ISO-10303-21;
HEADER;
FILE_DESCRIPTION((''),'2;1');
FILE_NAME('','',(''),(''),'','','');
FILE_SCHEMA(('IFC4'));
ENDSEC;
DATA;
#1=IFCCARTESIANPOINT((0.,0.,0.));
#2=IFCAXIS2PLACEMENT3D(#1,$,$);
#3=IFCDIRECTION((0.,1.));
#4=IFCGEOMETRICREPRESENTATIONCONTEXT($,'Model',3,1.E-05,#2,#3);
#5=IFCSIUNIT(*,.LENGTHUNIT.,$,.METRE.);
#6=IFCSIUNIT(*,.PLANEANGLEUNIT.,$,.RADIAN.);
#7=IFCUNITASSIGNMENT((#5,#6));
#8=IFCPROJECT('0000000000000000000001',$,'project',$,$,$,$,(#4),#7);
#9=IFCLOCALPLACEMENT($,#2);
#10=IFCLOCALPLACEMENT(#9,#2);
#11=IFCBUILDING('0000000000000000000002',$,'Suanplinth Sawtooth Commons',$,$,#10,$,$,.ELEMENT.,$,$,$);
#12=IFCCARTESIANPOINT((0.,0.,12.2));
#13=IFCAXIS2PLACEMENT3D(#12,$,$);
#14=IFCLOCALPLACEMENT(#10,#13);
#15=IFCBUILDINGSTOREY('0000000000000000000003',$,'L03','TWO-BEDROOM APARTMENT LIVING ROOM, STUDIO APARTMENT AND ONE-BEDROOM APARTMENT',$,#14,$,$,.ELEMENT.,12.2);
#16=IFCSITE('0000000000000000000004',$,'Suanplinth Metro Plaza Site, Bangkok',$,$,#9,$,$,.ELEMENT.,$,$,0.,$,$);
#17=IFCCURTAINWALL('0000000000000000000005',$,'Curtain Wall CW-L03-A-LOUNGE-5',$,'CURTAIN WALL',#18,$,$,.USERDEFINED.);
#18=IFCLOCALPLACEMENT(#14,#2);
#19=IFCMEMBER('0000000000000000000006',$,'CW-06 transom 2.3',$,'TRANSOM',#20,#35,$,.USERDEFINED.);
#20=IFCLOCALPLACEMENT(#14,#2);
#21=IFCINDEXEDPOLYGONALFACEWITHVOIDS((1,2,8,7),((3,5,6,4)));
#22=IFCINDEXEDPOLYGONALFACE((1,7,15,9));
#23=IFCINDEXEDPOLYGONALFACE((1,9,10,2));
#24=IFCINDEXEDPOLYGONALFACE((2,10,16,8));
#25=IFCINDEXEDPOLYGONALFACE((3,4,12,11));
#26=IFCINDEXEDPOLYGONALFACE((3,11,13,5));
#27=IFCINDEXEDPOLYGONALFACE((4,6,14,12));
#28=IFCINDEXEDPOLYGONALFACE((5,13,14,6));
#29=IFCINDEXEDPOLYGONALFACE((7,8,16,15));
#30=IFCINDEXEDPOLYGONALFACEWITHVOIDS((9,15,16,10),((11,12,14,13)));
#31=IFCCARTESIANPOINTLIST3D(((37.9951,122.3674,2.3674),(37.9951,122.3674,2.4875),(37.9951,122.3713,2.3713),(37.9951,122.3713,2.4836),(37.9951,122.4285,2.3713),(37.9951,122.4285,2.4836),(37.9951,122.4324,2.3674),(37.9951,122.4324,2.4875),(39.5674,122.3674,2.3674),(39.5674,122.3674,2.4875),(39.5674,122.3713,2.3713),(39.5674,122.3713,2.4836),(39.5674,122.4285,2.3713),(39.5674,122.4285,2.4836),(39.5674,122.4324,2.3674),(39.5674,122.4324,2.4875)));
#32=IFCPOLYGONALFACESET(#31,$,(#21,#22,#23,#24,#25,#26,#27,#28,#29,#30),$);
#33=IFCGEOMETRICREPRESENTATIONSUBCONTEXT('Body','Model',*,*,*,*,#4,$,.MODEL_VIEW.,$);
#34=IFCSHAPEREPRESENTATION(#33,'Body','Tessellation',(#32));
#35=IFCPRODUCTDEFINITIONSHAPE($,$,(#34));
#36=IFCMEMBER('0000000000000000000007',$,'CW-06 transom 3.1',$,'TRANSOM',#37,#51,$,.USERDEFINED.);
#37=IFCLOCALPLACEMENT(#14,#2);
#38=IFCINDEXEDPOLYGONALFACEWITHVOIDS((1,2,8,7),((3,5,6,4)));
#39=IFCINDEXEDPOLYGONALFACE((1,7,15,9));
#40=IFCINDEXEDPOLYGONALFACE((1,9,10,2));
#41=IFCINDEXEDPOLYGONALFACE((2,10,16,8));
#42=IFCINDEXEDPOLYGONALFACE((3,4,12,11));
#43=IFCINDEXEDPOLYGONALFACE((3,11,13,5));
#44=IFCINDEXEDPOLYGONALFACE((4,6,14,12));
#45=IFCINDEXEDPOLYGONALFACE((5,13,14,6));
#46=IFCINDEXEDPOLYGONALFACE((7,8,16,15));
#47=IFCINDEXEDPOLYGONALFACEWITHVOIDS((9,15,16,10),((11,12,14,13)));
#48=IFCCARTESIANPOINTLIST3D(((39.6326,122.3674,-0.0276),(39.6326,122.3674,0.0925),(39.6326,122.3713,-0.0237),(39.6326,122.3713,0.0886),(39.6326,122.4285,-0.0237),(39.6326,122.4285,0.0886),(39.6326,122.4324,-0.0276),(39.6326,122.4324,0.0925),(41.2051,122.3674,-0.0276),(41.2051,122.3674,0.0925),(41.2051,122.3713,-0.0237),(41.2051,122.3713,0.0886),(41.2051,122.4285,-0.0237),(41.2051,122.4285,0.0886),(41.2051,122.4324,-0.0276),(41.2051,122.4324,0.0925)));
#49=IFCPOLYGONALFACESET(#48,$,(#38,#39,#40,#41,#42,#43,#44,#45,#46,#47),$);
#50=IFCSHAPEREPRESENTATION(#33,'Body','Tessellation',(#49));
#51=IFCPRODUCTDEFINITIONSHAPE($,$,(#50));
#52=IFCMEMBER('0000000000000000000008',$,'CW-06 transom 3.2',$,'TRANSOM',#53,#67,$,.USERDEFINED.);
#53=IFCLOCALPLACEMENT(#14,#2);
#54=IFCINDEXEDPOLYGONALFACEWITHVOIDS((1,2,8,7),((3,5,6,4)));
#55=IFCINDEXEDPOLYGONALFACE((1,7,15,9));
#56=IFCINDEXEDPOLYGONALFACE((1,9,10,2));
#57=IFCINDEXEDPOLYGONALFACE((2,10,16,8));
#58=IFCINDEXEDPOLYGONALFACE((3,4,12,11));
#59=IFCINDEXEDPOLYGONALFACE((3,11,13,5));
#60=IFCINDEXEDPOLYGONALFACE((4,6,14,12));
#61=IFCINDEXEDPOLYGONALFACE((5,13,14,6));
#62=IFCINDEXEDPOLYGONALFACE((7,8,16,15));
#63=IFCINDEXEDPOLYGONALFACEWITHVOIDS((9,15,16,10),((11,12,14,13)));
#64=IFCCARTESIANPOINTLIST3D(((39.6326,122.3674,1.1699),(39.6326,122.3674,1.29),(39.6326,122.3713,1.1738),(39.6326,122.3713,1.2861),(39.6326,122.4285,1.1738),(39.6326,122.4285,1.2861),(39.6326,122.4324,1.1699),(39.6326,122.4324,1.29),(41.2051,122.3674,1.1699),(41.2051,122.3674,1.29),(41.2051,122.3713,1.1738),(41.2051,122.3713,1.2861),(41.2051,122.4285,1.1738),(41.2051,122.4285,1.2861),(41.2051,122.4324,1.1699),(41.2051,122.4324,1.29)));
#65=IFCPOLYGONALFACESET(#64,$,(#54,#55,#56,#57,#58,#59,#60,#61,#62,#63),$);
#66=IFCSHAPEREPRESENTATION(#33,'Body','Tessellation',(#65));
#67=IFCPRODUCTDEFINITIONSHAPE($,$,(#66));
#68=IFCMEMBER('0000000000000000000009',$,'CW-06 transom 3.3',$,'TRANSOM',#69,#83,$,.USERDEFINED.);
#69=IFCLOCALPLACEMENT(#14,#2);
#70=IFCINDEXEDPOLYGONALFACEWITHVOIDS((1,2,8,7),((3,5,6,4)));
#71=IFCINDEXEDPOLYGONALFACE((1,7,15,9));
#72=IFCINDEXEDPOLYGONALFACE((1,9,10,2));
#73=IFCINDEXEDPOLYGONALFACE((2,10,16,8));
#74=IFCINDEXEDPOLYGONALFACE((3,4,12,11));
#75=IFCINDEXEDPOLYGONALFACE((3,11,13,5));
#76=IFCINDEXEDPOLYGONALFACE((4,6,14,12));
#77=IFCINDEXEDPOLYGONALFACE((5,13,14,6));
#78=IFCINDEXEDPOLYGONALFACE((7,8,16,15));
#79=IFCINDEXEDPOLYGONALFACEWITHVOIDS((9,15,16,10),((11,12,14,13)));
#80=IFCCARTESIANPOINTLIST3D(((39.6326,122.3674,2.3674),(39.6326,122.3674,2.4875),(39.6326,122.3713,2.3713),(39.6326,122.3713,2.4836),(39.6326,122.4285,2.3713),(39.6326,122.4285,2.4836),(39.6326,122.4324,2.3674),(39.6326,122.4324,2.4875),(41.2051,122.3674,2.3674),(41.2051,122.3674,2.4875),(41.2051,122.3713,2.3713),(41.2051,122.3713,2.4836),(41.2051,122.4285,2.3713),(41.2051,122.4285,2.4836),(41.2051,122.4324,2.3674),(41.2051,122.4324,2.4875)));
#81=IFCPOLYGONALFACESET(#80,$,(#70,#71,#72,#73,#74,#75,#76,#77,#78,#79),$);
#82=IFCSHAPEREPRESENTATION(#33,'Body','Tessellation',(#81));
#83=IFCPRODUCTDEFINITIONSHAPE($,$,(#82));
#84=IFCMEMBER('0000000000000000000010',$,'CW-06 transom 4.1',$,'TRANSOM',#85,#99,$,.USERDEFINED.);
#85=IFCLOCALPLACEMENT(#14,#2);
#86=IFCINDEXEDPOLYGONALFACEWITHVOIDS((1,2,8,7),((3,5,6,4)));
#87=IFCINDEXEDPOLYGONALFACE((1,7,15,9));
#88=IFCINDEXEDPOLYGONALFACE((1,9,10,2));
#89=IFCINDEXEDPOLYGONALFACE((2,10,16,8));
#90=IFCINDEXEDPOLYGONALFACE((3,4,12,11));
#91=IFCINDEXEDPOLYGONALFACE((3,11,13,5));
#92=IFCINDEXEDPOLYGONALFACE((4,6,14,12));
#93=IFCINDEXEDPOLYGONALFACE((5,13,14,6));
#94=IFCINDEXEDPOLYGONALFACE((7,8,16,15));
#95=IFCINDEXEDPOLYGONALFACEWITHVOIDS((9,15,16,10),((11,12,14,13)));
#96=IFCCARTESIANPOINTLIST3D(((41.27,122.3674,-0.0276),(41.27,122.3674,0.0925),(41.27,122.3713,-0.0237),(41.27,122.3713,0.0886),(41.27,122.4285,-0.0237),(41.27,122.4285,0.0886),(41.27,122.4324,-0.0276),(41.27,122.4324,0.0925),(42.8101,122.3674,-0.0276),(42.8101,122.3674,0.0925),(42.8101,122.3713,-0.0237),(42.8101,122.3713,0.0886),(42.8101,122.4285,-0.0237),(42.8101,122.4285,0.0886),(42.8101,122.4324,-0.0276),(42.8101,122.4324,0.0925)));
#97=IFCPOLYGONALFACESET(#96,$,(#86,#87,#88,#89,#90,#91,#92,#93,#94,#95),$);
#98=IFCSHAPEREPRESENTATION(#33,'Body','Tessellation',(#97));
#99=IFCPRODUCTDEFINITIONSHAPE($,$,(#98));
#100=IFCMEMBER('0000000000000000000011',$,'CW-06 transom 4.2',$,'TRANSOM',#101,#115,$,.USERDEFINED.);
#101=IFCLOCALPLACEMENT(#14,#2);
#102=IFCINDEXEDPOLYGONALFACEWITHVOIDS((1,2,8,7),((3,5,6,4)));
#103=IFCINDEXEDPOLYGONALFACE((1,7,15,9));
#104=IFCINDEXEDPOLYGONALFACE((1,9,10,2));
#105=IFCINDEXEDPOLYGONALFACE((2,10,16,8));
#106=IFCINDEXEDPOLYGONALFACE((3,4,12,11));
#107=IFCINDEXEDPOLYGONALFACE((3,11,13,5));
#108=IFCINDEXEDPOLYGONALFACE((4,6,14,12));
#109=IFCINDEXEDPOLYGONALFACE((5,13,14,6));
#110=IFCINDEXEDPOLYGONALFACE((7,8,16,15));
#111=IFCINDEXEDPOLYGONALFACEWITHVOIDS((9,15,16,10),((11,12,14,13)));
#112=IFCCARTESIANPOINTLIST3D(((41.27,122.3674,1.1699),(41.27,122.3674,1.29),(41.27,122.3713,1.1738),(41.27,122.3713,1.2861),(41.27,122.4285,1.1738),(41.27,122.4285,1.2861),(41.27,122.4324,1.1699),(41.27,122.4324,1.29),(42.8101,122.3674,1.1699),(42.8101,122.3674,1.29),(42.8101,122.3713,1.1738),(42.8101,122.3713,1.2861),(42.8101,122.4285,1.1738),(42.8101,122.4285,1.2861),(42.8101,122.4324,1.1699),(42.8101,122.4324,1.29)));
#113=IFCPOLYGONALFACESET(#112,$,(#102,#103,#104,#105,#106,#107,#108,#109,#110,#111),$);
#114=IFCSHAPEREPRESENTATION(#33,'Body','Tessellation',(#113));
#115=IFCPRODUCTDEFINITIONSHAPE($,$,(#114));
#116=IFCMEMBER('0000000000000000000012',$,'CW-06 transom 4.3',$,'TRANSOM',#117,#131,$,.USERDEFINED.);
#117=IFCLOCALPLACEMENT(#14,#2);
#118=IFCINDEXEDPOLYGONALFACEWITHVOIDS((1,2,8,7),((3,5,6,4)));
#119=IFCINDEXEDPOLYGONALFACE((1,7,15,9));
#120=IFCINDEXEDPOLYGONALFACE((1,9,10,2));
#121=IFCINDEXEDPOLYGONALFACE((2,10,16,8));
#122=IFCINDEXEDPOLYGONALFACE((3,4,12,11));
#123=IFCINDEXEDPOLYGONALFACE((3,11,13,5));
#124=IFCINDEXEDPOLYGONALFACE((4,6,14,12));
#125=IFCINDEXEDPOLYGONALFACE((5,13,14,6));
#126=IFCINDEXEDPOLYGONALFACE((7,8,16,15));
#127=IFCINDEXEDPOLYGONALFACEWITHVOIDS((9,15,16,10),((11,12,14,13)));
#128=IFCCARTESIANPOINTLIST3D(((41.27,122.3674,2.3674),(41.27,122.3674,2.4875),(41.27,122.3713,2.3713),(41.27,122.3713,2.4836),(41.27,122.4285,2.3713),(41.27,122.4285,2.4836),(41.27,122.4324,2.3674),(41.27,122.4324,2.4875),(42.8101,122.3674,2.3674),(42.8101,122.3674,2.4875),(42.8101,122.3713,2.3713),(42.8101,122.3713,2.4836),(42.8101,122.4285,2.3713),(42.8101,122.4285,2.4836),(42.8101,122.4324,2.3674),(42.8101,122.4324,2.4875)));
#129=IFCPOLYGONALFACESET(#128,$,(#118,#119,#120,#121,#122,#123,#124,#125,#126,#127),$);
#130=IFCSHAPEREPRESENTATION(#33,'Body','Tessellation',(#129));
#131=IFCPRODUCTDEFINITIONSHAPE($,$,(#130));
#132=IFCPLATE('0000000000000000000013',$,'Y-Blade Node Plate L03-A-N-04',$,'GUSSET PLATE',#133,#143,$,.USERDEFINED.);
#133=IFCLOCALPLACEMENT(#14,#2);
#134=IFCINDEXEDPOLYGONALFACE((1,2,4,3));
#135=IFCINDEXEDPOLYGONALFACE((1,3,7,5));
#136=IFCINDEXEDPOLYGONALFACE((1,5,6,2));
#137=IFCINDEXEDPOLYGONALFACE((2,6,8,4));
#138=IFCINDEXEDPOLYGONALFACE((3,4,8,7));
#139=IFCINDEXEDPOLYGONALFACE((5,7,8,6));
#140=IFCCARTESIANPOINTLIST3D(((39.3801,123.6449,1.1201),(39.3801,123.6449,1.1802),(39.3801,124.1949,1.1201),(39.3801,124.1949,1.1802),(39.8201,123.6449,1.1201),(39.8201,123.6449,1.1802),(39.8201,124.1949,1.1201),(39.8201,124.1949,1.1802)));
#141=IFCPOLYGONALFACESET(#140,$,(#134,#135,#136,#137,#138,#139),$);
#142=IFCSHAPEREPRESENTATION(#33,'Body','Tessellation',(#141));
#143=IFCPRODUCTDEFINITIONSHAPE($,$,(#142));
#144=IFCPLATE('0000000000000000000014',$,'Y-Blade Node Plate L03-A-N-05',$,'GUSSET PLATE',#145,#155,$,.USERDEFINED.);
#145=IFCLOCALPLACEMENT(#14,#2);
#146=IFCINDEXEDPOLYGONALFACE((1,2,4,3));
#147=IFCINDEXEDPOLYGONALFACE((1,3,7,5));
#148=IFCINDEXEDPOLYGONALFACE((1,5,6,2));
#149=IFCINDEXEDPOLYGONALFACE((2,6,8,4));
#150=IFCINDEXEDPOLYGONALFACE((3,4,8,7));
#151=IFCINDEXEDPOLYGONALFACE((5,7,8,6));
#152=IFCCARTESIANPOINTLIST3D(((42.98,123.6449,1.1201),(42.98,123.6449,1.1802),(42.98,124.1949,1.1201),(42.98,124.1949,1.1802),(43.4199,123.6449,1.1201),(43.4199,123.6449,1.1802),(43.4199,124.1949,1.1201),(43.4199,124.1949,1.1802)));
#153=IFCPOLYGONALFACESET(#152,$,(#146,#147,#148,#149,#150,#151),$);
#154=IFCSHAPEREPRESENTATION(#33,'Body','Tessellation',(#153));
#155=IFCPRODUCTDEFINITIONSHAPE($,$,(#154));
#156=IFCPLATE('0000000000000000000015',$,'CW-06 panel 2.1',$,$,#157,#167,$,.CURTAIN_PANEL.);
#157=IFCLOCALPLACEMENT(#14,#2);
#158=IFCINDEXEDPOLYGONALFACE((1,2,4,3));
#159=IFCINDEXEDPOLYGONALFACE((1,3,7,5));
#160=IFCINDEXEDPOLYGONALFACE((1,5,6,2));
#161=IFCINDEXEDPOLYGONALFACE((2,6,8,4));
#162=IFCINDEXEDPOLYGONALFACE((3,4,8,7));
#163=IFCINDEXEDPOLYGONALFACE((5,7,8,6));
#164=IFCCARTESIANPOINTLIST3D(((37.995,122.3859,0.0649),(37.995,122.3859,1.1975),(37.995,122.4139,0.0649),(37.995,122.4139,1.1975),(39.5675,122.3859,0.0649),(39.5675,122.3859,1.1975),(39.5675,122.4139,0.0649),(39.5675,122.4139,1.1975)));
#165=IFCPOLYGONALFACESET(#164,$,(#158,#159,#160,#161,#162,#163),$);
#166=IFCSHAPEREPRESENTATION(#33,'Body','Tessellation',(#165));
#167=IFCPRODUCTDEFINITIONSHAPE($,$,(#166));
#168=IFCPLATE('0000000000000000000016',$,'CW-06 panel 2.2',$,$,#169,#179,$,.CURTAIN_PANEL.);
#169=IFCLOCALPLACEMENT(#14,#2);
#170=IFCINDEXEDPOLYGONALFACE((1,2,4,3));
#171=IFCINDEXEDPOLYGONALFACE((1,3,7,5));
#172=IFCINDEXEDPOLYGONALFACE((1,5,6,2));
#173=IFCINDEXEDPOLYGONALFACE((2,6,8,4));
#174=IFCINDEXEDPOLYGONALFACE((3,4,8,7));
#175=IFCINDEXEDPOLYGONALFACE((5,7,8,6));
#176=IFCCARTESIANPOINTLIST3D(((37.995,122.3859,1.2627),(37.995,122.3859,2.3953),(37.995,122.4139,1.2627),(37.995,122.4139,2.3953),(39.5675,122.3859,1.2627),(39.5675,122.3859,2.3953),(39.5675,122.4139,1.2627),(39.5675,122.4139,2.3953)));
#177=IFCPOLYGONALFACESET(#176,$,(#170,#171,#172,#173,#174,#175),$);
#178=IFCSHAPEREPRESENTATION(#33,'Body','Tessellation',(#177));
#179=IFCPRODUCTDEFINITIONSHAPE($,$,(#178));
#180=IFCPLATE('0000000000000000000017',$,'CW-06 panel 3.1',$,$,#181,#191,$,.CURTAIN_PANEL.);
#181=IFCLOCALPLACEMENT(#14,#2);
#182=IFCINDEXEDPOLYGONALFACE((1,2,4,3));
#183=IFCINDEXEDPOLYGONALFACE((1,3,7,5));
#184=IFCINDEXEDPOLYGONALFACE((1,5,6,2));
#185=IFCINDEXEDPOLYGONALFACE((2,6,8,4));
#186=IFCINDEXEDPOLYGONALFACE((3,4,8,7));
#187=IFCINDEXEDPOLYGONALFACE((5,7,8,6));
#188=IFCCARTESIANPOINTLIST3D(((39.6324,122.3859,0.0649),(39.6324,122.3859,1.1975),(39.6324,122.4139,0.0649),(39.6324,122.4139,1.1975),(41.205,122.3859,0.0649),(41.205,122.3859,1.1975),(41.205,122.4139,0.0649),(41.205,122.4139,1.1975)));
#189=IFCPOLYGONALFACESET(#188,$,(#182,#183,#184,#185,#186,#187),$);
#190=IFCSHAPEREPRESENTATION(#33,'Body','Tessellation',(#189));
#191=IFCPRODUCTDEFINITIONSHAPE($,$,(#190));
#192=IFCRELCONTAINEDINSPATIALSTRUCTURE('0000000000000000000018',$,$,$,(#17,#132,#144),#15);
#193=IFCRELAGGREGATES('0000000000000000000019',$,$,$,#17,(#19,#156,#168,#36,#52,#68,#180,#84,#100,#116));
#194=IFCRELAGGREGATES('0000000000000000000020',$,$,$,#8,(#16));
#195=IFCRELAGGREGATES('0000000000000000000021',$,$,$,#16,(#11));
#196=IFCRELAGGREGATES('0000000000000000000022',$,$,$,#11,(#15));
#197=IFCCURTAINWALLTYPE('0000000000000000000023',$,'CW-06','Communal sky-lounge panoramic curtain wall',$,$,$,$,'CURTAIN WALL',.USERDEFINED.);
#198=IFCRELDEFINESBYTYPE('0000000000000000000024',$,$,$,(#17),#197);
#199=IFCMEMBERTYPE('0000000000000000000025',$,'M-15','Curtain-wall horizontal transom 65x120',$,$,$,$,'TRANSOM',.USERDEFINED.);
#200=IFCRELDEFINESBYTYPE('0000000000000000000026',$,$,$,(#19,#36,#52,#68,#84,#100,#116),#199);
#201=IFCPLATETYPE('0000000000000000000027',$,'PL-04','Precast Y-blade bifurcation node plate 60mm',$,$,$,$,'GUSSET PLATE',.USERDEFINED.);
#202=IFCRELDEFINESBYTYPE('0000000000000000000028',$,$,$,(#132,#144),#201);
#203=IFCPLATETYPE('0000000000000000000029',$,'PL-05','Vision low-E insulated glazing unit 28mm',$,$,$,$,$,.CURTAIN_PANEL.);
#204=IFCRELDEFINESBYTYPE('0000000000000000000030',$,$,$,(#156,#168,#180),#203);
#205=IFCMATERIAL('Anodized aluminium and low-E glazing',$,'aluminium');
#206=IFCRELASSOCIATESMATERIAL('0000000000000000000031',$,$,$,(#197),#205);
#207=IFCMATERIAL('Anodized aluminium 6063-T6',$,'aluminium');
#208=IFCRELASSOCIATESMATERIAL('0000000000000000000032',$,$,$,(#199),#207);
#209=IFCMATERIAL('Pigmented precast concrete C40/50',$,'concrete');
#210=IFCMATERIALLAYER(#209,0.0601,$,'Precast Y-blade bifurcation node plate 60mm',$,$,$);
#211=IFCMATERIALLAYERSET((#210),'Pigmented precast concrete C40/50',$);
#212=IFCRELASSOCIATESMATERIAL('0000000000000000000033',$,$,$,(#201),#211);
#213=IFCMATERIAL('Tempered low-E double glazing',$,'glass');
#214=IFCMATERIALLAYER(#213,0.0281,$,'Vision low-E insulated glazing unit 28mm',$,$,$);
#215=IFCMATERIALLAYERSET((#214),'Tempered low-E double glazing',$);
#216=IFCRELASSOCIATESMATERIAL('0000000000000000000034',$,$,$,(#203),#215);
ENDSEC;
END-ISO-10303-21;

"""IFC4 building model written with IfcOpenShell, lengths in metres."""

from ifc_helpers import new_model, si_unit, direction, frame, origin, origin_2d, place, context, subcontext, project, spatial, rectangle, hollow_rectangle, extrude, material, layer, layer_set, material_profile, profile_set, type_object, element, aggregate, save


model = new_model("IFC4")

# Units and contexts
model_context = context("Model", 3, precision=1e-05, world=origin(), true_north=direction((0.0, 1.0)))
body_context = subcontext(model_context, "Body", "Model", "MODEL_VIEW")
ifc_project = project(units=[si_unit("LENGTHUNIT", "METRE"), si_unit("PLANEANGLEUNIT", "RADIAN")], contexts=[model_context])

# Site, building, storey
site_placement = place(None, origin())
site = spatial("IfcSite", under=ifc_project, at=site_placement, Name="Suanplinth Metro Plaza Site, Bangkok", CompositionType="ELEMENT", RefElevation=0.0)
building_placement = place(site_placement, origin())
building = spatial("IfcBuilding", under=site, at=building_placement, Name="Suanplinth Sawtooth Commons", CompositionType="ELEMENT")
storey_placement = place(building_placement, frame((0.0, 0.0, 12.2)))
storey = spatial("IfcBuildingStorey", under=building, at=storey_placement, Name="L03", Description="TWO-BEDROOM APARTMENT LIVING ROOM, STUDIO APARTMENT AND ONE-BEDROOM APARTMENT", CompositionType="ELEMENT", Elevation=12.2)

# Shared definitions
ifc_material_1 = material(Name="Pigmented precast concrete C40/50", Category="concrete")

# Curtain wall, members
ifc_material_2 = material(Name="Anodized aluminium and low-E glazing", Category="aluminium")
curtain_wall_type = type_object("IfcCurtainWallType", Name="CW-06", Description="Communal sky-lounge panoramic curtain wall", ElementType="CURTAIN WALL", PredefinedType="USERDEFINED", material=ifc_material_2)
curtain_wall_placement = place(storey_placement, origin())
curtain_wall = element("IfcCurtainWall", 1, at=curtain_wall_placement, inside=storey, type_object=curtain_wall_type, Name="Curtain Wall CW-L03-A-LOUNGE-5", ObjectType="CURTAIN WALL", PredefinedType="USERDEFINED")
ifc_material_3 = material(Name="Anodized aluminium 6063-T6", Category="aluminium")
ifc_material_profile_1 = material_profile(ifc_material_3, hollow_rectangle(XDim=0.0649, YDim=0.1201, WallThickness=0.0039, at=origin_2d()), Name="ALU-TRN 65x120")
ifc_profile_set_1 = profile_set([ifc_material_profile_1], Name="Anodized aluminium 6063-T6")
member_type_1 = type_object("IfcMemberType", Name="M-15", Description="Curtain-wall horizontal transom 65x120", ElementType="TRANSOM", PredefinedType="USERDEFINED", material=ifc_profile_set_1)
member_1_placement = place(storey_placement, frame((37.9951, 122.3999, 2.4275), z_axis=(1.0, 0.0, 0.0), x_axis=(0.0, 1.0, 0.0)))
member_1 = element("IfcMember", 2, at=member_1_placement, type_object=member_type_1, Name="CW-06 transom 2.3", ObjectType="TRANSOM", PredefinedType="USERDEFINED", context=body_context, shape_type="SweptSolid", body=[
    extrude(hollow_rectangle(XDim=0.0649, YDim=0.1201, WallThickness=0.0039, at=origin_2d()), origin(), (0.0, 0.0, 1.0), 1.5723),
])
member_2_placement = place(storey_placement, frame((39.6326, 122.3999, 0.0325), z_axis=(1.0, 0.0, 0.0), x_axis=(0.0, 1.0, 0.0)))
member_2 = element("IfcMember", 3, at=member_2_placement, type_object=member_type_1, Name="CW-06 transom 3.1", ObjectType="TRANSOM", PredefinedType="USERDEFINED", context=body_context, shape_type="SweptSolid", body=[
    extrude(hollow_rectangle(XDim=0.0649, YDim=0.1201, WallThickness=0.0039, at=origin_2d()), origin(), (0.0, 0.0, 1.0), 1.5725),
])
member_3_placement = place(storey_placement, frame((39.6326, 122.3999, 1.23), z_axis=(1.0, 0.0, 0.0), x_axis=(0.0, 1.0, 0.0)))
member_3 = element("IfcMember", 4, at=member_3_placement, type_object=member_type_1, Name="CW-06 transom 3.2", ObjectType="TRANSOM", PredefinedType="USERDEFINED", context=body_context, shape_type="SweptSolid", body=[
    extrude(hollow_rectangle(XDim=0.0649, YDim=0.1201, WallThickness=0.0039, at=origin_2d()), origin(), (0.0, 0.0, 1.0), 1.5725),
])
member_4_placement = place(storey_placement, frame((39.6326, 122.3999, 2.4275), z_axis=(1.0, 0.0, 0.0), x_axis=(0.0, 1.0, 0.0)))
member_4 = element("IfcMember", 5, at=member_4_placement, type_object=member_type_1, Name="CW-06 transom 3.3", ObjectType="TRANSOM", PredefinedType="USERDEFINED", context=body_context, shape_type="SweptSolid", body=[
    extrude(hollow_rectangle(XDim=0.0649, YDim=0.1201, WallThickness=0.0039, at=origin_2d()), origin(), (0.0, 0.0, 1.0), 1.5725),
])
member_5_placement = place(storey_placement, frame((41.27, 122.3999, 0.0325), z_axis=(1.0, 0.0, 0.0), x_axis=(0.0, 1.0, 0.0)))
member_5 = element("IfcMember", 6, at=member_5_placement, type_object=member_type_1, Name="CW-06 transom 4.1", ObjectType="TRANSOM", PredefinedType="USERDEFINED", context=body_context, shape_type="SweptSolid", body=[
    extrude(hollow_rectangle(XDim=0.0649, YDim=0.1201, WallThickness=0.0039, at=origin_2d()), origin(), (0.0, 0.0, 1.0), 1.54),
])
member_6_placement = place(storey_placement, frame((41.27, 122.3999, 1.23), z_axis=(1.0, 0.0, 0.0), x_axis=(0.0, 1.0, 0.0)))
member_6 = element("IfcMember", 7, at=member_6_placement, type_object=member_type_1, Name="CW-06 transom 4.2", ObjectType="TRANSOM", PredefinedType="USERDEFINED", context=body_context, shape_type="SweptSolid", body=[
    extrude(hollow_rectangle(XDim=0.0649, YDim=0.1201, WallThickness=0.0039, at=origin_2d()), origin(), (0.0, 0.0, 1.0), 1.54),
])
member_7_placement = place(storey_placement, frame((41.27, 122.3999, 2.4275), z_axis=(1.0, 0.0, 0.0), x_axis=(0.0, 1.0, 0.0)))
member_7 = element("IfcMember", 8, at=member_7_placement, type_object=member_type_1, Name="CW-06 transom 4.3", ObjectType="TRANSOM", PredefinedType="USERDEFINED", context=body_context, shape_type="SweptSolid", body=[
    extrude(hollow_rectangle(XDim=0.0649, YDim=0.1201, WallThickness=0.0039, at=origin_2d()), origin(), (0.0, 0.0, 1.0), 1.54),
])

# Plates
ifc_layer_1 = layer(ifc_material_1, 0.0601, Name="Precast Y-blade bifurcation node plate 60mm")
ifc_layer_set_1 = layer_set([ifc_layer_1], Name="Pigmented precast concrete C40/50")
plate_type_1 = type_object("IfcPlateType", Name="PL-04", Description="Precast Y-blade bifurcation node plate 60mm", ElementType="GUSSET PLATE", PredefinedType="USERDEFINED", material=ifc_layer_set_1)
for number, where, z_axis, x_axis, name in (
    (9, (39.6001, 123.9199, 1.1201), (0.0, 0.0, 1.0), (1.0, 0.0, 0.0), "Y-Blade Node Plate L03-A-N-04"),
    (10, (43.2, 123.9199, 1.1201), (0.0, 0.0, 1.0), (1.0, 0.0, 0.0), "Y-Blade Node Plate L03-A-N-05"),
):
    element("IfcPlate", number, at=place(storey_placement, frame(where, z_axis=z_axis, x_axis=x_axis)), inside=storey, type_object=plate_type_1, Name=name, ObjectType="GUSSET PLATE", PredefinedType="USERDEFINED", context=body_context, shape_type="SweptSolid", body=[
        extrude(rectangle(XDim=0.4399, YDim=0.55, at=origin_2d()), origin(), (0.0, 0.0, 1.0), 0.0601),
    ])

# Plates
ifc_material_4 = material(Name="Tempered low-E double glazing", Category="glass")
ifc_layer_2 = layer(ifc_material_4, 0.0281, Name="Vision low-E insulated glazing unit 28mm")
ifc_layer_set_2 = layer_set([ifc_layer_2], Name="Tempered low-E double glazing")
plate_type_2 = type_object("IfcPlateType", Name="PL-05", Description="Vision low-E insulated glazing unit 28mm", PredefinedType="CURTAIN_PANEL", material=ifc_layer_set_2)
plate_1_placement = place(storey_placement, frame((38.7812, 122.3999, 0.0649), z_axis=(0.0, 0.0, 1.0), x_axis=(1.0, 0.0, 0.0)))
plate_1 = element("IfcPlate", 11, at=plate_1_placement, type_object=plate_type_2, Name="CW-06 panel 2.1", PredefinedType="CURTAIN_PANEL", context=body_context, shape_type="SweptSolid", body=[
    extrude(rectangle(XDim=1.5725, YDim=0.0281, at=origin_2d()), origin(), (0.0, 0.0, 1.0), 1.1326),
])
plate_2_placement = place(storey_placement, frame((38.7812, 122.3999, 1.2627), z_axis=(0.0, 0.0, 1.0), x_axis=(1.0, 0.0, 0.0)))
plate_2 = element("IfcPlate", 12, at=plate_2_placement, type_object=plate_type_2, Name="CW-06 panel 2.2", PredefinedType="CURTAIN_PANEL", context=body_context, shape_type="SweptSolid", body=[
    extrude(rectangle(XDim=1.5725, YDim=0.0281, at=origin_2d()), origin(), (0.0, 0.0, 1.0), 1.1326),
])
plate_3_placement = place(storey_placement, frame((40.4187, 122.3999, 0.0649), z_axis=(0.0, 0.0, 1.0), x_axis=(1.0, 0.0, 0.0)))
plate_3 = element("IfcPlate", 13, at=plate_3_placement, type_object=plate_type_2, Name="CW-06 panel 3.1", PredefinedType="CURTAIN_PANEL", context=body_context, shape_type="SweptSolid", body=[
    extrude(rectangle(XDim=1.5725, YDim=0.0281, at=origin_2d()), origin(), (0.0, 0.0, 1.0), 1.1326),
])
aggregate(curtain_wall, [member_1, plate_1, plate_2, member_2, member_3, member_4, plate_3, member_5, member_6, member_7])

save(model, "model.ifc")
